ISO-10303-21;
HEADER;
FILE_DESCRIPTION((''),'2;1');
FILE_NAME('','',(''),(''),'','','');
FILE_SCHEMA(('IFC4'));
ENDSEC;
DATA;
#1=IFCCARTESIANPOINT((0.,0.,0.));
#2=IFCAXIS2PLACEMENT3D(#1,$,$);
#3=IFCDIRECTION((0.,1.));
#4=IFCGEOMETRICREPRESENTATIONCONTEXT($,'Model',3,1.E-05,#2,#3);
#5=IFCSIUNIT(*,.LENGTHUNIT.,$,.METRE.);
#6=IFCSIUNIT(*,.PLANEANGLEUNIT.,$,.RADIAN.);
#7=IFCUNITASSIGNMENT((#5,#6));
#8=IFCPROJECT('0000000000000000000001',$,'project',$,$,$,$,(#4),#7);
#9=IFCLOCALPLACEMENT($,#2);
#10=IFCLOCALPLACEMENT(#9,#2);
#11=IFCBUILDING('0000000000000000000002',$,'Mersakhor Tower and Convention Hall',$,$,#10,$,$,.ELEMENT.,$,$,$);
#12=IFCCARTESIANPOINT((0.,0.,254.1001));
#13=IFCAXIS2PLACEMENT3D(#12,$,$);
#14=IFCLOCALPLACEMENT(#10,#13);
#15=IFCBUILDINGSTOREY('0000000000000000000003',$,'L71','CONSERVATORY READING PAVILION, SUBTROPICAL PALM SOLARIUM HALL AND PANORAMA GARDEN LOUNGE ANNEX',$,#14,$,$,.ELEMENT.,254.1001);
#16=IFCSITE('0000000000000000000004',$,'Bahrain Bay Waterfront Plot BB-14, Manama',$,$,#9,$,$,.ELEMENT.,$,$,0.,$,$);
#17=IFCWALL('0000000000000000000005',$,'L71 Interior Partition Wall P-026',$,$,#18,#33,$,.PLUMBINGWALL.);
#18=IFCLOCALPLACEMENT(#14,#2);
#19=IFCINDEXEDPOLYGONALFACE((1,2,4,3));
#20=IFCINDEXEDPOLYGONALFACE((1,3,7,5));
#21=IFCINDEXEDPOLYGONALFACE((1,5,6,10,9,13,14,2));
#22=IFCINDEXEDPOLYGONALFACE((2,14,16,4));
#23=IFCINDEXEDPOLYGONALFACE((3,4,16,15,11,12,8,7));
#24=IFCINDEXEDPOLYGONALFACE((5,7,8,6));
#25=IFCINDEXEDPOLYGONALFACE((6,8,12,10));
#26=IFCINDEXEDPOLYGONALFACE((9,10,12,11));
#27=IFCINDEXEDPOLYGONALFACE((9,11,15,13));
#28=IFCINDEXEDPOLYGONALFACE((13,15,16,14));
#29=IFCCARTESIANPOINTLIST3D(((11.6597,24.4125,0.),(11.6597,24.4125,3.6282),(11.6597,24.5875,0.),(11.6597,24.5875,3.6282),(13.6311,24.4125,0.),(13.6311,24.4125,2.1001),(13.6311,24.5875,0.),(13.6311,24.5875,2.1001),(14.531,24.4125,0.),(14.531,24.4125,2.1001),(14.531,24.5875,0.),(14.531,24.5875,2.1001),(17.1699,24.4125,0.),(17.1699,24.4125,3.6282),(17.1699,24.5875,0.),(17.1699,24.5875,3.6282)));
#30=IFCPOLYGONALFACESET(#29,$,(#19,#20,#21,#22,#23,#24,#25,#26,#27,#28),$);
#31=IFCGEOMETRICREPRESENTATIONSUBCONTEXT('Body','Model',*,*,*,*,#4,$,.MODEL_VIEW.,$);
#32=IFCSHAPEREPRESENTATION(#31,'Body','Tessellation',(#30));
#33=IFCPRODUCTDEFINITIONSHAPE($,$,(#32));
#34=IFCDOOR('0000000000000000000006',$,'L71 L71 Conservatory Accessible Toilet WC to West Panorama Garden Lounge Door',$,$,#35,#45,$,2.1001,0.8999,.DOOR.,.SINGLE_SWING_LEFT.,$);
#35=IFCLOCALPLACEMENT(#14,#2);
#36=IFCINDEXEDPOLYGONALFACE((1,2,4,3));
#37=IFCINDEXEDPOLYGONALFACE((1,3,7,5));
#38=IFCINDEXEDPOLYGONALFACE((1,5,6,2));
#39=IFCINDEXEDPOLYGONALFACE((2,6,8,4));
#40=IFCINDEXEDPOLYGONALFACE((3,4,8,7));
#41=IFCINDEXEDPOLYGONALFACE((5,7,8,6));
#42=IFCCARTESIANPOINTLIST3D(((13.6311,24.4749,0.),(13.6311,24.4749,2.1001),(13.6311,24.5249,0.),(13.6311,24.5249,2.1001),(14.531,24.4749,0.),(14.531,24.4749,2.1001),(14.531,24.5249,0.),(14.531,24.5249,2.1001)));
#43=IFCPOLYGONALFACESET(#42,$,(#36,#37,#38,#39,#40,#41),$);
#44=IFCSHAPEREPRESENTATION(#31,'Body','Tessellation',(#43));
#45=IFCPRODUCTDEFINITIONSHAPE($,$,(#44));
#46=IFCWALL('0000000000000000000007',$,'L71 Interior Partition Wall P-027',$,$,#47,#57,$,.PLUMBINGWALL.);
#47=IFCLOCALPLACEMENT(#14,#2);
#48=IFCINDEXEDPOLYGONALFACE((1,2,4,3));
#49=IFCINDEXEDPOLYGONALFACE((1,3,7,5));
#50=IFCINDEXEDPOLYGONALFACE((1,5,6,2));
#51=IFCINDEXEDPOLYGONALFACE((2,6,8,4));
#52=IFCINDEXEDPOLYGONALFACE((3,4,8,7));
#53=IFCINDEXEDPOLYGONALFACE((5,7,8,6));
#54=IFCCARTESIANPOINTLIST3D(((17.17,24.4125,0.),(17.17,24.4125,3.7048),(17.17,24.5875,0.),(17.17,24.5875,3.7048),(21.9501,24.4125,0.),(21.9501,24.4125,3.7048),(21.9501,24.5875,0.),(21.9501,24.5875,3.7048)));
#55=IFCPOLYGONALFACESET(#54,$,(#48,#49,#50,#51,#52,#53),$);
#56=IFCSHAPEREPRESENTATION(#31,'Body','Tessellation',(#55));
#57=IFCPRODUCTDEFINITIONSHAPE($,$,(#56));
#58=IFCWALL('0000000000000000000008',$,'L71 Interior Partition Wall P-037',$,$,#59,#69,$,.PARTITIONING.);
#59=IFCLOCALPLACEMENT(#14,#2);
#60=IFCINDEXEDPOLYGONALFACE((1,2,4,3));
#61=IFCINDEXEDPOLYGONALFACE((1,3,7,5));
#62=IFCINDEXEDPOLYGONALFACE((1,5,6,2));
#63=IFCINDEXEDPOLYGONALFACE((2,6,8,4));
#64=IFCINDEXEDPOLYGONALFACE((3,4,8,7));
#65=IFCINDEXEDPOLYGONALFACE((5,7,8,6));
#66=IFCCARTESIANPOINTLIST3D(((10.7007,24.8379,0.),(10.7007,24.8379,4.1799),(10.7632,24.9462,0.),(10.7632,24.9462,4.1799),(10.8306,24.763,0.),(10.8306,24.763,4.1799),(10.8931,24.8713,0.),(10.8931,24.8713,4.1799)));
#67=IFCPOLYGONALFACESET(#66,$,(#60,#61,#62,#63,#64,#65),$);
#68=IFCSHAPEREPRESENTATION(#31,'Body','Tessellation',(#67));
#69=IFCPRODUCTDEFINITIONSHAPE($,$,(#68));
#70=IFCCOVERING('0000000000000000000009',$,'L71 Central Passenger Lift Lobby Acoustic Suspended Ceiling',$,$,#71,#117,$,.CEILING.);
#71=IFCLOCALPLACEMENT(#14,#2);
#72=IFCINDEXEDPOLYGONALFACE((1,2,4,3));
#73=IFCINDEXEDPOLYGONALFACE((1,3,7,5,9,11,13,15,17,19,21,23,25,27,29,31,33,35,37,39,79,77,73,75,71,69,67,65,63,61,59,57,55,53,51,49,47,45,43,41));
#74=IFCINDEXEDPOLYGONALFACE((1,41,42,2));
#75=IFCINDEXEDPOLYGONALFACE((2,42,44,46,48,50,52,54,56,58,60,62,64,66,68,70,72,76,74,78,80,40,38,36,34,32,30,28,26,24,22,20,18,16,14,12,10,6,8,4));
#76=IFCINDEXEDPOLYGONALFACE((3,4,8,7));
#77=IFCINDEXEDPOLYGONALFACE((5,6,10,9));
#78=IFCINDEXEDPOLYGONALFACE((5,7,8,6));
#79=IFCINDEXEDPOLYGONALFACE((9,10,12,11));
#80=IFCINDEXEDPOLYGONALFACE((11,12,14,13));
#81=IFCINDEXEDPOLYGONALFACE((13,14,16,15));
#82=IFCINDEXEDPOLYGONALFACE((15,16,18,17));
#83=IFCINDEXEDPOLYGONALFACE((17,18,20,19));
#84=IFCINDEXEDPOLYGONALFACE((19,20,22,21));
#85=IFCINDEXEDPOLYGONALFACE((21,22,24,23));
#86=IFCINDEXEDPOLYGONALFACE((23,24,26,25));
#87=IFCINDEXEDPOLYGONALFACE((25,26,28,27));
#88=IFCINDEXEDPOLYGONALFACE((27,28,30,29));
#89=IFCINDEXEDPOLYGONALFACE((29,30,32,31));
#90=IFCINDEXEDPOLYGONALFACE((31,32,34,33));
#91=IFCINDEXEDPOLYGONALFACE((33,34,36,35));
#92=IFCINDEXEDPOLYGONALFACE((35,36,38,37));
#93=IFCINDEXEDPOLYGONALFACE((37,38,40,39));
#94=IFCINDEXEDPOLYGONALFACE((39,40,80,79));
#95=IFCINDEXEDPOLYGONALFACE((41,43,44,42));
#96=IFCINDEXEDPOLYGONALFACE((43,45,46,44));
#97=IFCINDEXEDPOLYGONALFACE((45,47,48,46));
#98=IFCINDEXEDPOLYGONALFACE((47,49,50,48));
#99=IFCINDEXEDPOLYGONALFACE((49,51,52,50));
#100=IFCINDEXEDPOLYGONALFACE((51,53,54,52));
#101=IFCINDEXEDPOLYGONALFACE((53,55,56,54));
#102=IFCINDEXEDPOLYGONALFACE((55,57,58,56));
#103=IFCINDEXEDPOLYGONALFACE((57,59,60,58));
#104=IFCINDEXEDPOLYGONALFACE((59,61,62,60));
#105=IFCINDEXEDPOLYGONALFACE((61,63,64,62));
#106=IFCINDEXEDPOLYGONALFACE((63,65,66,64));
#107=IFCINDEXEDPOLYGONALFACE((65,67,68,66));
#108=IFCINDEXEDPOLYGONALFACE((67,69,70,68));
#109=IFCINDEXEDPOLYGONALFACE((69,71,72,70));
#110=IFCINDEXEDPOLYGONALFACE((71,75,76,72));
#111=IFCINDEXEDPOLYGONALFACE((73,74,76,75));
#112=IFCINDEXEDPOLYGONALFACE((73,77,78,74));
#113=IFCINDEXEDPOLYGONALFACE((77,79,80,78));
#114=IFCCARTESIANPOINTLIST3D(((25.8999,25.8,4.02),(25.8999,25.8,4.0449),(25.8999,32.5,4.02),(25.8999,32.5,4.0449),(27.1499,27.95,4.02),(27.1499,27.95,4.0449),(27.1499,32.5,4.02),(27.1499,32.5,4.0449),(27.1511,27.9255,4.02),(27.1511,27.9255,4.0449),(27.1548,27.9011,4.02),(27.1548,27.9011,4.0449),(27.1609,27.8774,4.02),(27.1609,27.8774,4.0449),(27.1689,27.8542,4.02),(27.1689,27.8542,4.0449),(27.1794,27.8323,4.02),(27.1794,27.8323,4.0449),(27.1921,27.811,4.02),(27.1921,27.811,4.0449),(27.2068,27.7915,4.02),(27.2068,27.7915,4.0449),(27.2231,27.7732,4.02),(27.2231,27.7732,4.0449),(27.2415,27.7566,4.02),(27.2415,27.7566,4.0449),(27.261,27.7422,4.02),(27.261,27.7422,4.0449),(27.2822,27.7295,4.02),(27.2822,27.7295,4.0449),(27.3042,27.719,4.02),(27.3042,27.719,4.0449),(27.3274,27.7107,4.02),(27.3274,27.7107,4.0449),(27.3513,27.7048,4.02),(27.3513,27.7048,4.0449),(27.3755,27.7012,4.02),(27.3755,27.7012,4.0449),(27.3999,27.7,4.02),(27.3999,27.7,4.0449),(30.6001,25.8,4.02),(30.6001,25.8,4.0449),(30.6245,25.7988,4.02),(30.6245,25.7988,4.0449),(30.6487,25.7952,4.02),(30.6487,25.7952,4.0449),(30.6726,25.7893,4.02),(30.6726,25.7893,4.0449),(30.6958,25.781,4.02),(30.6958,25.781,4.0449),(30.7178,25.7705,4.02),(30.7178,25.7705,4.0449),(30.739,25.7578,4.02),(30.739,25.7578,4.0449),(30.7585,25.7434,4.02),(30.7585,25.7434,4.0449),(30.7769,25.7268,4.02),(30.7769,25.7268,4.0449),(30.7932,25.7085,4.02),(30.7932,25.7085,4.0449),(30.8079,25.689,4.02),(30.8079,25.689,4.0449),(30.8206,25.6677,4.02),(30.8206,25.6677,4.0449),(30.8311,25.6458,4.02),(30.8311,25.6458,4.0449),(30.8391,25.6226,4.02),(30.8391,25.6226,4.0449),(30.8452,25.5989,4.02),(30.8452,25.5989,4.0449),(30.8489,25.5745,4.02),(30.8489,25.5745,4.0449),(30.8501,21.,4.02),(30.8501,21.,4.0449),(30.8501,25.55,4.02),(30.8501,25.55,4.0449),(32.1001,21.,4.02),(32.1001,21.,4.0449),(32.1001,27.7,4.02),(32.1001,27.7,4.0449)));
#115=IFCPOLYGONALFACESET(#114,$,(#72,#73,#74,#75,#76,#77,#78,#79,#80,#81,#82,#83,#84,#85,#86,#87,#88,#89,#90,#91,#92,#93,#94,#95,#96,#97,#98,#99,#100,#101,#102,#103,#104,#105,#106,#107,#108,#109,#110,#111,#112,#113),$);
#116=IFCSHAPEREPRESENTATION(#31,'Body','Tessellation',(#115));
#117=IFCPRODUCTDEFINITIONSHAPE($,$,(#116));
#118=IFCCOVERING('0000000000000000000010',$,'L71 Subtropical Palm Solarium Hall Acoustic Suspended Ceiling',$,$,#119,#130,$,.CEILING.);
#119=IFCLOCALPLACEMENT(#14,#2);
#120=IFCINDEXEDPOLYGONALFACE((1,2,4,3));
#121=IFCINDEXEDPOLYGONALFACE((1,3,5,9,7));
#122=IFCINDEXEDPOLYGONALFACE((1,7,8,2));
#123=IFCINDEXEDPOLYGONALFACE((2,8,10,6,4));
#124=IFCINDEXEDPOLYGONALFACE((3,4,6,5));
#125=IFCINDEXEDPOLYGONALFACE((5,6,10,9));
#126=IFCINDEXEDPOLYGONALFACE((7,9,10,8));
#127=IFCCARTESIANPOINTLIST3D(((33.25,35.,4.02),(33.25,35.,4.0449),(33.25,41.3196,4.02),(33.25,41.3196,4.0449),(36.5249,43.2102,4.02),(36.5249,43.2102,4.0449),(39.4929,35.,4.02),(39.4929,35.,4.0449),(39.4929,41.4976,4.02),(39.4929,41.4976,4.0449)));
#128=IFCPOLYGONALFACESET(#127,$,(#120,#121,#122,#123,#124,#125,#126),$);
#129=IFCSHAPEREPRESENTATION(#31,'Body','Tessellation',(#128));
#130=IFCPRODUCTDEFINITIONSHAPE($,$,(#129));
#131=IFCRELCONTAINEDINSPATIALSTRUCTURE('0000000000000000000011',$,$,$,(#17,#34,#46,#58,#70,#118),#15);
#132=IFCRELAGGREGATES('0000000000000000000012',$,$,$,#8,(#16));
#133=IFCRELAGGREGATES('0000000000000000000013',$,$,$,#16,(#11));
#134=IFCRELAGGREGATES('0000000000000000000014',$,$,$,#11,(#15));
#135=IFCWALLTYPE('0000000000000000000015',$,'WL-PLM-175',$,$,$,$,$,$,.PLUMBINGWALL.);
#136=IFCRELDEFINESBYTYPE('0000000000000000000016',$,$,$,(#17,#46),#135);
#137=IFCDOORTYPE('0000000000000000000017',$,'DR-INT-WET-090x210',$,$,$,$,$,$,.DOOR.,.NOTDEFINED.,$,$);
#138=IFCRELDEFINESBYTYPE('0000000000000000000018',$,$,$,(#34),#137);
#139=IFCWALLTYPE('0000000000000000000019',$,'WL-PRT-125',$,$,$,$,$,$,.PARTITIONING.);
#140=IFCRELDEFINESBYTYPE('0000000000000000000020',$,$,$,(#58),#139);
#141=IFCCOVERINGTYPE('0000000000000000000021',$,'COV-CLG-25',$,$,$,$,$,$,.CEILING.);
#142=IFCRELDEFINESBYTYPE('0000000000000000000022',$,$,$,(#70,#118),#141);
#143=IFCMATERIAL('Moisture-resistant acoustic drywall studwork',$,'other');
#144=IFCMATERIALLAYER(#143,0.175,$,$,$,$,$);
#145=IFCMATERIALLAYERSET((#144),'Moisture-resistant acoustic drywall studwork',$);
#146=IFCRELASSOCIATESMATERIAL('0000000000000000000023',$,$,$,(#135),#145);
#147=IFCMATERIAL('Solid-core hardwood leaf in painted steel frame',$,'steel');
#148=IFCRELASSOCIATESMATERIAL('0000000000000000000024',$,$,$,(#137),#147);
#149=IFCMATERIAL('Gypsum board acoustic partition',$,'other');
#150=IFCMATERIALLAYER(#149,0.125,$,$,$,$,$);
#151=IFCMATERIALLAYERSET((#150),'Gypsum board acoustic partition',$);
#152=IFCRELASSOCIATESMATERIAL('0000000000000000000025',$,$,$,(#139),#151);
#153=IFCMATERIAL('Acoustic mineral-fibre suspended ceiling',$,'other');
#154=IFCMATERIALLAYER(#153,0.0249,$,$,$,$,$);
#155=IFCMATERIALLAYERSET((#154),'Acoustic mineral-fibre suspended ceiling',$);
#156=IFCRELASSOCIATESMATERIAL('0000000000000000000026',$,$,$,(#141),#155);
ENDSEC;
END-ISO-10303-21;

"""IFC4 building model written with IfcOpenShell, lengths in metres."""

from ifc_helpers import new_model, si_unit, direction, frame, frame_2d, origin, place, context, subcontext, project, spatial, polyline, rectangle, outline, extrude, material, layer, layer_set, type_object, element, fill, save


model = new_model("IFC4")

# Units and contexts
model_context = context("Model", 3, precision=1e-05, world=origin(), true_north=direction((0.0, 1.0)))
body_context = subcontext(model_context, "Body", "Model", "MODEL_VIEW")
ifc_project = project(units=[si_unit("LENGTHUNIT", "METRE"), si_unit("PLANEANGLEUNIT", "RADIAN")], contexts=[model_context])

# Site, building, storey
site_placement = place(None, origin())
site = spatial("IfcSite", under=ifc_project, at=site_placement, Name="Bahrain Bay Waterfront Plot BB-14, Manama", CompositionType="ELEMENT", RefElevation=0.0)
building_placement = place(site_placement, origin())
building = spatial("IfcBuilding", under=site, at=building_placement, Name="Mersakhor Tower and Convention Hall", CompositionType="ELEMENT")
storey_placement = place(building_placement, frame((0.0, 0.0, 254.1001)))
storey = spatial("IfcBuildingStorey", under=building, at=storey_placement, Name="L71", Description="CONSERVATORY READING PAVILION, SUBTROPICAL PALM SOLARIUM HALL AND PANORAMA GARDEN LOUNGE ANNEX", CompositionType="ELEMENT", Elevation=254.1001)

# Wall, opening, door
ifc_material_1 = material(Name="Moisture-resistant acoustic drywall studwork", Category="other")
ifc_layer_1 = layer(ifc_material_1, 0.175)
ifc_layer_set_1 = layer_set([ifc_layer_1], Name="Moisture-resistant acoustic drywall studwork")
wall_type_1 = type_object("IfcWallType", Name="WL-PLM-175", PredefinedType="PLUMBINGWALL", material=ifc_layer_set_1)
wall_1_placement = place(storey_placement, frame((11.6597, 24.5, 0.0), z_axis=(0.0, 0.0, 1.0), x_axis=(1.0, 0.0, 0.0)))
wall_1 = element("IfcWall", 1, at=wall_1_placement, inside=storey, type_object=wall_type_1, Name="L71 Interior Partition Wall P-026", PredefinedType="PLUMBINGWALL", context=body_context, shape_type="SweptSolid", body=[
    extrude(rectangle(XDim=5.5103, YDim=0.175, at=frame_2d((2.7551, 0.0))), origin(), (0.0, 0.0, 1.0), 3.6282),
])
opening_placement = place(wall_1_placement, frame((1.9714, 0.0, 0.0)))
opening = element("IfcOpeningElement", 2, at=opening_placement, cuts=wall_1, PredefinedType="OPENING", context=body_context, shape_type="SweptSolid", body=[
    extrude(rectangle(XDim=0.8999, YDim=2.1001, at=frame_2d((0.45, 1.05))), frame((0.0, 0.0974, 0.0), z_axis=(0.0, -1.0, 0.0), x_axis=(1.0, 0.0, 0.0)), (0.0, 0.0, 1.0), 0.1951),
])
ifc_material_2 = material(Name="Solid-core hardwood leaf in painted steel frame", Category="steel")
door_type = type_object("IfcDoorType", Name="DR-INT-WET-090x210", OperationType="NOTDEFINED", PredefinedType="DOOR", material=ifc_material_2)
door_placement = place(opening_placement, origin())
door = element("IfcDoor", 3, at=door_placement, inside=storey, type_object=door_type, Name="L71 L71 Conservatory Accessible Toilet WC to West Panorama Garden Lounge Door", OperationType="SINGLE_SWING_LEFT", OverallHeight=2.1001, OverallWidth=0.8999, PredefinedType="DOOR", context=body_context, shape_type="SweptSolid", body=[
    extrude(rectangle(XDim=0.8999, YDim=2.1001, at=frame_2d((0.45, 1.05))), frame((0.0, 0.0249, 0.0), z_axis=(0.0, -1.0, 0.0), x_axis=(1.0, 0.0, 0.0)), (0.0, 0.0, 1.0), 0.05),
])
fill(opening, door)

# Walls
wall_2_placement = place(storey_placement, frame((17.1699, 24.5, 0.0), z_axis=(0.0, 0.0, 1.0), x_axis=(1.0, 0.0, 0.0)))
element("IfcWall", 4, at=wall_2_placement, inside=storey, type_object=wall_type_1, Name="L71 Interior Partition Wall P-027", PredefinedType="PLUMBINGWALL", context=body_context, shape_type="SweptSolid", body=[
    extrude(rectangle(XDim=4.78, YDim=0.175, at=frame_2d((2.3901, 0.0))), origin(), (0.0, 0.0, 1.0), 3.7048),
])
ifc_material_3 = material(Name="Gypsum board acoustic partition", Category="other")
ifc_layer_2 = layer(ifc_material_3, 0.125)
ifc_layer_set_2 = layer_set([ifc_layer_2], Name="Gypsum board acoustic partition")
wall_type_2 = type_object("IfcWallType", Name="WL-PRT-125", PredefinedType="PARTITIONING", material=ifc_layer_set_2)
wall_3_placement = place(storey_placement, frame((10.8618, 24.8171, 0.0), z_axis=(0.0, 0.0, 1.0), x_axis=(-0.866131, 0.499816, 0.0)))
element("IfcWall", 5, at=wall_3_placement, inside=storey, type_object=wall_type_2, Name="L71 Interior Partition Wall P-037", PredefinedType="PARTITIONING", context=body_context, shape_type="SweptSolid", body=[
    extrude(rectangle(XDim=0.1499, YDim=0.125, at=frame_2d((0.075, 0.0))), origin(), (0.0, 0.0, 1.0), 4.1799),
])

# Coverings
ifc_material_4 = material(Name="Acoustic mineral-fibre suspended ceiling", Category="other")
ifc_layer_3 = layer(ifc_material_4, 0.0249)
ifc_layer_set_3 = layer_set([ifc_layer_3], Name="Acoustic mineral-fibre suspended ceiling")
covering_type_1 = type_object("IfcCoveringType", Name="COV-CLG-25", PredefinedType="CEILING", material=ifc_layer_set_3)
covering_1_placement = place(storey_placement, frame((0.0, 0.0, 4.02)))
element("IfcCovering", 6, at=covering_1_placement, inside=storey, type_object=covering_type_1, Name="L71 Central Passenger Lift Lobby Acoustic Suspended Ceiling", PredefinedType="CEILING", context=body_context, shape_type="SweptSolid", body=[
    extrude(outline(polyline([(30.8501, 21.0), (30.8501, 25.55), (30.8489, 25.5745), (30.8452, 25.5989), (30.8391, 25.6226), (30.8311, 25.6458), (30.8206, 25.6677), (30.8079, 25.689), (30.7932, 25.7085), (30.7769, 25.7268), (30.7585, 25.7434), (30.739, 25.7578), (30.7178, 25.7705), (30.6958, 25.781), (30.6726, 25.7893), (30.6487, 25.7952), (30.6245, 25.7988), (30.6001, 25.8), (25.8999, 25.8), (25.8999, 32.5), (27.1499, 32.5), (27.1499, 27.95), (27.1511, 27.9255), (27.1548, 27.9011), (27.1609, 27.8774), (27.1689, 27.8542), (27.1794, 27.8323), (27.1921, 27.811), (27.2068, 27.7915), (27.2231, 27.7732), (27.2415, 27.7566), (27.261, 27.7422), (27.2822, 27.7295), (27.3042, 27.719), (27.3274, 27.7107), (27.3513, 27.7048), (27.3755, 27.7012), (27.3999, 27.7), (32.1001, 27.7), (32.1001, 21.0), (30.8501, 21.0)])), origin(), (0.0, 0.0, 1.0), 0.0249),
])
covering_2_placement = place(storey_placement, frame((0.0, 0.0, 4.02)))
element("IfcCovering", 7, at=covering_2_placement, inside=storey, type_object=covering_type_1, Name="L71 Subtropical Palm Solarium Hall Acoustic Suspended Ceiling", PredefinedType="CEILING", context=body_context, shape_type="SweptSolid", body=[
    extrude(outline(polyline([(39.4929, 35.0), (33.25, 35.0), (33.25, 41.3196), (36.5249, 43.2102), (39.4929, 41.4976), (39.4929, 35.0)])), origin(), (0.0, 0.0, 1.0), 0.0249),
])

save(model, "model.ifc")
